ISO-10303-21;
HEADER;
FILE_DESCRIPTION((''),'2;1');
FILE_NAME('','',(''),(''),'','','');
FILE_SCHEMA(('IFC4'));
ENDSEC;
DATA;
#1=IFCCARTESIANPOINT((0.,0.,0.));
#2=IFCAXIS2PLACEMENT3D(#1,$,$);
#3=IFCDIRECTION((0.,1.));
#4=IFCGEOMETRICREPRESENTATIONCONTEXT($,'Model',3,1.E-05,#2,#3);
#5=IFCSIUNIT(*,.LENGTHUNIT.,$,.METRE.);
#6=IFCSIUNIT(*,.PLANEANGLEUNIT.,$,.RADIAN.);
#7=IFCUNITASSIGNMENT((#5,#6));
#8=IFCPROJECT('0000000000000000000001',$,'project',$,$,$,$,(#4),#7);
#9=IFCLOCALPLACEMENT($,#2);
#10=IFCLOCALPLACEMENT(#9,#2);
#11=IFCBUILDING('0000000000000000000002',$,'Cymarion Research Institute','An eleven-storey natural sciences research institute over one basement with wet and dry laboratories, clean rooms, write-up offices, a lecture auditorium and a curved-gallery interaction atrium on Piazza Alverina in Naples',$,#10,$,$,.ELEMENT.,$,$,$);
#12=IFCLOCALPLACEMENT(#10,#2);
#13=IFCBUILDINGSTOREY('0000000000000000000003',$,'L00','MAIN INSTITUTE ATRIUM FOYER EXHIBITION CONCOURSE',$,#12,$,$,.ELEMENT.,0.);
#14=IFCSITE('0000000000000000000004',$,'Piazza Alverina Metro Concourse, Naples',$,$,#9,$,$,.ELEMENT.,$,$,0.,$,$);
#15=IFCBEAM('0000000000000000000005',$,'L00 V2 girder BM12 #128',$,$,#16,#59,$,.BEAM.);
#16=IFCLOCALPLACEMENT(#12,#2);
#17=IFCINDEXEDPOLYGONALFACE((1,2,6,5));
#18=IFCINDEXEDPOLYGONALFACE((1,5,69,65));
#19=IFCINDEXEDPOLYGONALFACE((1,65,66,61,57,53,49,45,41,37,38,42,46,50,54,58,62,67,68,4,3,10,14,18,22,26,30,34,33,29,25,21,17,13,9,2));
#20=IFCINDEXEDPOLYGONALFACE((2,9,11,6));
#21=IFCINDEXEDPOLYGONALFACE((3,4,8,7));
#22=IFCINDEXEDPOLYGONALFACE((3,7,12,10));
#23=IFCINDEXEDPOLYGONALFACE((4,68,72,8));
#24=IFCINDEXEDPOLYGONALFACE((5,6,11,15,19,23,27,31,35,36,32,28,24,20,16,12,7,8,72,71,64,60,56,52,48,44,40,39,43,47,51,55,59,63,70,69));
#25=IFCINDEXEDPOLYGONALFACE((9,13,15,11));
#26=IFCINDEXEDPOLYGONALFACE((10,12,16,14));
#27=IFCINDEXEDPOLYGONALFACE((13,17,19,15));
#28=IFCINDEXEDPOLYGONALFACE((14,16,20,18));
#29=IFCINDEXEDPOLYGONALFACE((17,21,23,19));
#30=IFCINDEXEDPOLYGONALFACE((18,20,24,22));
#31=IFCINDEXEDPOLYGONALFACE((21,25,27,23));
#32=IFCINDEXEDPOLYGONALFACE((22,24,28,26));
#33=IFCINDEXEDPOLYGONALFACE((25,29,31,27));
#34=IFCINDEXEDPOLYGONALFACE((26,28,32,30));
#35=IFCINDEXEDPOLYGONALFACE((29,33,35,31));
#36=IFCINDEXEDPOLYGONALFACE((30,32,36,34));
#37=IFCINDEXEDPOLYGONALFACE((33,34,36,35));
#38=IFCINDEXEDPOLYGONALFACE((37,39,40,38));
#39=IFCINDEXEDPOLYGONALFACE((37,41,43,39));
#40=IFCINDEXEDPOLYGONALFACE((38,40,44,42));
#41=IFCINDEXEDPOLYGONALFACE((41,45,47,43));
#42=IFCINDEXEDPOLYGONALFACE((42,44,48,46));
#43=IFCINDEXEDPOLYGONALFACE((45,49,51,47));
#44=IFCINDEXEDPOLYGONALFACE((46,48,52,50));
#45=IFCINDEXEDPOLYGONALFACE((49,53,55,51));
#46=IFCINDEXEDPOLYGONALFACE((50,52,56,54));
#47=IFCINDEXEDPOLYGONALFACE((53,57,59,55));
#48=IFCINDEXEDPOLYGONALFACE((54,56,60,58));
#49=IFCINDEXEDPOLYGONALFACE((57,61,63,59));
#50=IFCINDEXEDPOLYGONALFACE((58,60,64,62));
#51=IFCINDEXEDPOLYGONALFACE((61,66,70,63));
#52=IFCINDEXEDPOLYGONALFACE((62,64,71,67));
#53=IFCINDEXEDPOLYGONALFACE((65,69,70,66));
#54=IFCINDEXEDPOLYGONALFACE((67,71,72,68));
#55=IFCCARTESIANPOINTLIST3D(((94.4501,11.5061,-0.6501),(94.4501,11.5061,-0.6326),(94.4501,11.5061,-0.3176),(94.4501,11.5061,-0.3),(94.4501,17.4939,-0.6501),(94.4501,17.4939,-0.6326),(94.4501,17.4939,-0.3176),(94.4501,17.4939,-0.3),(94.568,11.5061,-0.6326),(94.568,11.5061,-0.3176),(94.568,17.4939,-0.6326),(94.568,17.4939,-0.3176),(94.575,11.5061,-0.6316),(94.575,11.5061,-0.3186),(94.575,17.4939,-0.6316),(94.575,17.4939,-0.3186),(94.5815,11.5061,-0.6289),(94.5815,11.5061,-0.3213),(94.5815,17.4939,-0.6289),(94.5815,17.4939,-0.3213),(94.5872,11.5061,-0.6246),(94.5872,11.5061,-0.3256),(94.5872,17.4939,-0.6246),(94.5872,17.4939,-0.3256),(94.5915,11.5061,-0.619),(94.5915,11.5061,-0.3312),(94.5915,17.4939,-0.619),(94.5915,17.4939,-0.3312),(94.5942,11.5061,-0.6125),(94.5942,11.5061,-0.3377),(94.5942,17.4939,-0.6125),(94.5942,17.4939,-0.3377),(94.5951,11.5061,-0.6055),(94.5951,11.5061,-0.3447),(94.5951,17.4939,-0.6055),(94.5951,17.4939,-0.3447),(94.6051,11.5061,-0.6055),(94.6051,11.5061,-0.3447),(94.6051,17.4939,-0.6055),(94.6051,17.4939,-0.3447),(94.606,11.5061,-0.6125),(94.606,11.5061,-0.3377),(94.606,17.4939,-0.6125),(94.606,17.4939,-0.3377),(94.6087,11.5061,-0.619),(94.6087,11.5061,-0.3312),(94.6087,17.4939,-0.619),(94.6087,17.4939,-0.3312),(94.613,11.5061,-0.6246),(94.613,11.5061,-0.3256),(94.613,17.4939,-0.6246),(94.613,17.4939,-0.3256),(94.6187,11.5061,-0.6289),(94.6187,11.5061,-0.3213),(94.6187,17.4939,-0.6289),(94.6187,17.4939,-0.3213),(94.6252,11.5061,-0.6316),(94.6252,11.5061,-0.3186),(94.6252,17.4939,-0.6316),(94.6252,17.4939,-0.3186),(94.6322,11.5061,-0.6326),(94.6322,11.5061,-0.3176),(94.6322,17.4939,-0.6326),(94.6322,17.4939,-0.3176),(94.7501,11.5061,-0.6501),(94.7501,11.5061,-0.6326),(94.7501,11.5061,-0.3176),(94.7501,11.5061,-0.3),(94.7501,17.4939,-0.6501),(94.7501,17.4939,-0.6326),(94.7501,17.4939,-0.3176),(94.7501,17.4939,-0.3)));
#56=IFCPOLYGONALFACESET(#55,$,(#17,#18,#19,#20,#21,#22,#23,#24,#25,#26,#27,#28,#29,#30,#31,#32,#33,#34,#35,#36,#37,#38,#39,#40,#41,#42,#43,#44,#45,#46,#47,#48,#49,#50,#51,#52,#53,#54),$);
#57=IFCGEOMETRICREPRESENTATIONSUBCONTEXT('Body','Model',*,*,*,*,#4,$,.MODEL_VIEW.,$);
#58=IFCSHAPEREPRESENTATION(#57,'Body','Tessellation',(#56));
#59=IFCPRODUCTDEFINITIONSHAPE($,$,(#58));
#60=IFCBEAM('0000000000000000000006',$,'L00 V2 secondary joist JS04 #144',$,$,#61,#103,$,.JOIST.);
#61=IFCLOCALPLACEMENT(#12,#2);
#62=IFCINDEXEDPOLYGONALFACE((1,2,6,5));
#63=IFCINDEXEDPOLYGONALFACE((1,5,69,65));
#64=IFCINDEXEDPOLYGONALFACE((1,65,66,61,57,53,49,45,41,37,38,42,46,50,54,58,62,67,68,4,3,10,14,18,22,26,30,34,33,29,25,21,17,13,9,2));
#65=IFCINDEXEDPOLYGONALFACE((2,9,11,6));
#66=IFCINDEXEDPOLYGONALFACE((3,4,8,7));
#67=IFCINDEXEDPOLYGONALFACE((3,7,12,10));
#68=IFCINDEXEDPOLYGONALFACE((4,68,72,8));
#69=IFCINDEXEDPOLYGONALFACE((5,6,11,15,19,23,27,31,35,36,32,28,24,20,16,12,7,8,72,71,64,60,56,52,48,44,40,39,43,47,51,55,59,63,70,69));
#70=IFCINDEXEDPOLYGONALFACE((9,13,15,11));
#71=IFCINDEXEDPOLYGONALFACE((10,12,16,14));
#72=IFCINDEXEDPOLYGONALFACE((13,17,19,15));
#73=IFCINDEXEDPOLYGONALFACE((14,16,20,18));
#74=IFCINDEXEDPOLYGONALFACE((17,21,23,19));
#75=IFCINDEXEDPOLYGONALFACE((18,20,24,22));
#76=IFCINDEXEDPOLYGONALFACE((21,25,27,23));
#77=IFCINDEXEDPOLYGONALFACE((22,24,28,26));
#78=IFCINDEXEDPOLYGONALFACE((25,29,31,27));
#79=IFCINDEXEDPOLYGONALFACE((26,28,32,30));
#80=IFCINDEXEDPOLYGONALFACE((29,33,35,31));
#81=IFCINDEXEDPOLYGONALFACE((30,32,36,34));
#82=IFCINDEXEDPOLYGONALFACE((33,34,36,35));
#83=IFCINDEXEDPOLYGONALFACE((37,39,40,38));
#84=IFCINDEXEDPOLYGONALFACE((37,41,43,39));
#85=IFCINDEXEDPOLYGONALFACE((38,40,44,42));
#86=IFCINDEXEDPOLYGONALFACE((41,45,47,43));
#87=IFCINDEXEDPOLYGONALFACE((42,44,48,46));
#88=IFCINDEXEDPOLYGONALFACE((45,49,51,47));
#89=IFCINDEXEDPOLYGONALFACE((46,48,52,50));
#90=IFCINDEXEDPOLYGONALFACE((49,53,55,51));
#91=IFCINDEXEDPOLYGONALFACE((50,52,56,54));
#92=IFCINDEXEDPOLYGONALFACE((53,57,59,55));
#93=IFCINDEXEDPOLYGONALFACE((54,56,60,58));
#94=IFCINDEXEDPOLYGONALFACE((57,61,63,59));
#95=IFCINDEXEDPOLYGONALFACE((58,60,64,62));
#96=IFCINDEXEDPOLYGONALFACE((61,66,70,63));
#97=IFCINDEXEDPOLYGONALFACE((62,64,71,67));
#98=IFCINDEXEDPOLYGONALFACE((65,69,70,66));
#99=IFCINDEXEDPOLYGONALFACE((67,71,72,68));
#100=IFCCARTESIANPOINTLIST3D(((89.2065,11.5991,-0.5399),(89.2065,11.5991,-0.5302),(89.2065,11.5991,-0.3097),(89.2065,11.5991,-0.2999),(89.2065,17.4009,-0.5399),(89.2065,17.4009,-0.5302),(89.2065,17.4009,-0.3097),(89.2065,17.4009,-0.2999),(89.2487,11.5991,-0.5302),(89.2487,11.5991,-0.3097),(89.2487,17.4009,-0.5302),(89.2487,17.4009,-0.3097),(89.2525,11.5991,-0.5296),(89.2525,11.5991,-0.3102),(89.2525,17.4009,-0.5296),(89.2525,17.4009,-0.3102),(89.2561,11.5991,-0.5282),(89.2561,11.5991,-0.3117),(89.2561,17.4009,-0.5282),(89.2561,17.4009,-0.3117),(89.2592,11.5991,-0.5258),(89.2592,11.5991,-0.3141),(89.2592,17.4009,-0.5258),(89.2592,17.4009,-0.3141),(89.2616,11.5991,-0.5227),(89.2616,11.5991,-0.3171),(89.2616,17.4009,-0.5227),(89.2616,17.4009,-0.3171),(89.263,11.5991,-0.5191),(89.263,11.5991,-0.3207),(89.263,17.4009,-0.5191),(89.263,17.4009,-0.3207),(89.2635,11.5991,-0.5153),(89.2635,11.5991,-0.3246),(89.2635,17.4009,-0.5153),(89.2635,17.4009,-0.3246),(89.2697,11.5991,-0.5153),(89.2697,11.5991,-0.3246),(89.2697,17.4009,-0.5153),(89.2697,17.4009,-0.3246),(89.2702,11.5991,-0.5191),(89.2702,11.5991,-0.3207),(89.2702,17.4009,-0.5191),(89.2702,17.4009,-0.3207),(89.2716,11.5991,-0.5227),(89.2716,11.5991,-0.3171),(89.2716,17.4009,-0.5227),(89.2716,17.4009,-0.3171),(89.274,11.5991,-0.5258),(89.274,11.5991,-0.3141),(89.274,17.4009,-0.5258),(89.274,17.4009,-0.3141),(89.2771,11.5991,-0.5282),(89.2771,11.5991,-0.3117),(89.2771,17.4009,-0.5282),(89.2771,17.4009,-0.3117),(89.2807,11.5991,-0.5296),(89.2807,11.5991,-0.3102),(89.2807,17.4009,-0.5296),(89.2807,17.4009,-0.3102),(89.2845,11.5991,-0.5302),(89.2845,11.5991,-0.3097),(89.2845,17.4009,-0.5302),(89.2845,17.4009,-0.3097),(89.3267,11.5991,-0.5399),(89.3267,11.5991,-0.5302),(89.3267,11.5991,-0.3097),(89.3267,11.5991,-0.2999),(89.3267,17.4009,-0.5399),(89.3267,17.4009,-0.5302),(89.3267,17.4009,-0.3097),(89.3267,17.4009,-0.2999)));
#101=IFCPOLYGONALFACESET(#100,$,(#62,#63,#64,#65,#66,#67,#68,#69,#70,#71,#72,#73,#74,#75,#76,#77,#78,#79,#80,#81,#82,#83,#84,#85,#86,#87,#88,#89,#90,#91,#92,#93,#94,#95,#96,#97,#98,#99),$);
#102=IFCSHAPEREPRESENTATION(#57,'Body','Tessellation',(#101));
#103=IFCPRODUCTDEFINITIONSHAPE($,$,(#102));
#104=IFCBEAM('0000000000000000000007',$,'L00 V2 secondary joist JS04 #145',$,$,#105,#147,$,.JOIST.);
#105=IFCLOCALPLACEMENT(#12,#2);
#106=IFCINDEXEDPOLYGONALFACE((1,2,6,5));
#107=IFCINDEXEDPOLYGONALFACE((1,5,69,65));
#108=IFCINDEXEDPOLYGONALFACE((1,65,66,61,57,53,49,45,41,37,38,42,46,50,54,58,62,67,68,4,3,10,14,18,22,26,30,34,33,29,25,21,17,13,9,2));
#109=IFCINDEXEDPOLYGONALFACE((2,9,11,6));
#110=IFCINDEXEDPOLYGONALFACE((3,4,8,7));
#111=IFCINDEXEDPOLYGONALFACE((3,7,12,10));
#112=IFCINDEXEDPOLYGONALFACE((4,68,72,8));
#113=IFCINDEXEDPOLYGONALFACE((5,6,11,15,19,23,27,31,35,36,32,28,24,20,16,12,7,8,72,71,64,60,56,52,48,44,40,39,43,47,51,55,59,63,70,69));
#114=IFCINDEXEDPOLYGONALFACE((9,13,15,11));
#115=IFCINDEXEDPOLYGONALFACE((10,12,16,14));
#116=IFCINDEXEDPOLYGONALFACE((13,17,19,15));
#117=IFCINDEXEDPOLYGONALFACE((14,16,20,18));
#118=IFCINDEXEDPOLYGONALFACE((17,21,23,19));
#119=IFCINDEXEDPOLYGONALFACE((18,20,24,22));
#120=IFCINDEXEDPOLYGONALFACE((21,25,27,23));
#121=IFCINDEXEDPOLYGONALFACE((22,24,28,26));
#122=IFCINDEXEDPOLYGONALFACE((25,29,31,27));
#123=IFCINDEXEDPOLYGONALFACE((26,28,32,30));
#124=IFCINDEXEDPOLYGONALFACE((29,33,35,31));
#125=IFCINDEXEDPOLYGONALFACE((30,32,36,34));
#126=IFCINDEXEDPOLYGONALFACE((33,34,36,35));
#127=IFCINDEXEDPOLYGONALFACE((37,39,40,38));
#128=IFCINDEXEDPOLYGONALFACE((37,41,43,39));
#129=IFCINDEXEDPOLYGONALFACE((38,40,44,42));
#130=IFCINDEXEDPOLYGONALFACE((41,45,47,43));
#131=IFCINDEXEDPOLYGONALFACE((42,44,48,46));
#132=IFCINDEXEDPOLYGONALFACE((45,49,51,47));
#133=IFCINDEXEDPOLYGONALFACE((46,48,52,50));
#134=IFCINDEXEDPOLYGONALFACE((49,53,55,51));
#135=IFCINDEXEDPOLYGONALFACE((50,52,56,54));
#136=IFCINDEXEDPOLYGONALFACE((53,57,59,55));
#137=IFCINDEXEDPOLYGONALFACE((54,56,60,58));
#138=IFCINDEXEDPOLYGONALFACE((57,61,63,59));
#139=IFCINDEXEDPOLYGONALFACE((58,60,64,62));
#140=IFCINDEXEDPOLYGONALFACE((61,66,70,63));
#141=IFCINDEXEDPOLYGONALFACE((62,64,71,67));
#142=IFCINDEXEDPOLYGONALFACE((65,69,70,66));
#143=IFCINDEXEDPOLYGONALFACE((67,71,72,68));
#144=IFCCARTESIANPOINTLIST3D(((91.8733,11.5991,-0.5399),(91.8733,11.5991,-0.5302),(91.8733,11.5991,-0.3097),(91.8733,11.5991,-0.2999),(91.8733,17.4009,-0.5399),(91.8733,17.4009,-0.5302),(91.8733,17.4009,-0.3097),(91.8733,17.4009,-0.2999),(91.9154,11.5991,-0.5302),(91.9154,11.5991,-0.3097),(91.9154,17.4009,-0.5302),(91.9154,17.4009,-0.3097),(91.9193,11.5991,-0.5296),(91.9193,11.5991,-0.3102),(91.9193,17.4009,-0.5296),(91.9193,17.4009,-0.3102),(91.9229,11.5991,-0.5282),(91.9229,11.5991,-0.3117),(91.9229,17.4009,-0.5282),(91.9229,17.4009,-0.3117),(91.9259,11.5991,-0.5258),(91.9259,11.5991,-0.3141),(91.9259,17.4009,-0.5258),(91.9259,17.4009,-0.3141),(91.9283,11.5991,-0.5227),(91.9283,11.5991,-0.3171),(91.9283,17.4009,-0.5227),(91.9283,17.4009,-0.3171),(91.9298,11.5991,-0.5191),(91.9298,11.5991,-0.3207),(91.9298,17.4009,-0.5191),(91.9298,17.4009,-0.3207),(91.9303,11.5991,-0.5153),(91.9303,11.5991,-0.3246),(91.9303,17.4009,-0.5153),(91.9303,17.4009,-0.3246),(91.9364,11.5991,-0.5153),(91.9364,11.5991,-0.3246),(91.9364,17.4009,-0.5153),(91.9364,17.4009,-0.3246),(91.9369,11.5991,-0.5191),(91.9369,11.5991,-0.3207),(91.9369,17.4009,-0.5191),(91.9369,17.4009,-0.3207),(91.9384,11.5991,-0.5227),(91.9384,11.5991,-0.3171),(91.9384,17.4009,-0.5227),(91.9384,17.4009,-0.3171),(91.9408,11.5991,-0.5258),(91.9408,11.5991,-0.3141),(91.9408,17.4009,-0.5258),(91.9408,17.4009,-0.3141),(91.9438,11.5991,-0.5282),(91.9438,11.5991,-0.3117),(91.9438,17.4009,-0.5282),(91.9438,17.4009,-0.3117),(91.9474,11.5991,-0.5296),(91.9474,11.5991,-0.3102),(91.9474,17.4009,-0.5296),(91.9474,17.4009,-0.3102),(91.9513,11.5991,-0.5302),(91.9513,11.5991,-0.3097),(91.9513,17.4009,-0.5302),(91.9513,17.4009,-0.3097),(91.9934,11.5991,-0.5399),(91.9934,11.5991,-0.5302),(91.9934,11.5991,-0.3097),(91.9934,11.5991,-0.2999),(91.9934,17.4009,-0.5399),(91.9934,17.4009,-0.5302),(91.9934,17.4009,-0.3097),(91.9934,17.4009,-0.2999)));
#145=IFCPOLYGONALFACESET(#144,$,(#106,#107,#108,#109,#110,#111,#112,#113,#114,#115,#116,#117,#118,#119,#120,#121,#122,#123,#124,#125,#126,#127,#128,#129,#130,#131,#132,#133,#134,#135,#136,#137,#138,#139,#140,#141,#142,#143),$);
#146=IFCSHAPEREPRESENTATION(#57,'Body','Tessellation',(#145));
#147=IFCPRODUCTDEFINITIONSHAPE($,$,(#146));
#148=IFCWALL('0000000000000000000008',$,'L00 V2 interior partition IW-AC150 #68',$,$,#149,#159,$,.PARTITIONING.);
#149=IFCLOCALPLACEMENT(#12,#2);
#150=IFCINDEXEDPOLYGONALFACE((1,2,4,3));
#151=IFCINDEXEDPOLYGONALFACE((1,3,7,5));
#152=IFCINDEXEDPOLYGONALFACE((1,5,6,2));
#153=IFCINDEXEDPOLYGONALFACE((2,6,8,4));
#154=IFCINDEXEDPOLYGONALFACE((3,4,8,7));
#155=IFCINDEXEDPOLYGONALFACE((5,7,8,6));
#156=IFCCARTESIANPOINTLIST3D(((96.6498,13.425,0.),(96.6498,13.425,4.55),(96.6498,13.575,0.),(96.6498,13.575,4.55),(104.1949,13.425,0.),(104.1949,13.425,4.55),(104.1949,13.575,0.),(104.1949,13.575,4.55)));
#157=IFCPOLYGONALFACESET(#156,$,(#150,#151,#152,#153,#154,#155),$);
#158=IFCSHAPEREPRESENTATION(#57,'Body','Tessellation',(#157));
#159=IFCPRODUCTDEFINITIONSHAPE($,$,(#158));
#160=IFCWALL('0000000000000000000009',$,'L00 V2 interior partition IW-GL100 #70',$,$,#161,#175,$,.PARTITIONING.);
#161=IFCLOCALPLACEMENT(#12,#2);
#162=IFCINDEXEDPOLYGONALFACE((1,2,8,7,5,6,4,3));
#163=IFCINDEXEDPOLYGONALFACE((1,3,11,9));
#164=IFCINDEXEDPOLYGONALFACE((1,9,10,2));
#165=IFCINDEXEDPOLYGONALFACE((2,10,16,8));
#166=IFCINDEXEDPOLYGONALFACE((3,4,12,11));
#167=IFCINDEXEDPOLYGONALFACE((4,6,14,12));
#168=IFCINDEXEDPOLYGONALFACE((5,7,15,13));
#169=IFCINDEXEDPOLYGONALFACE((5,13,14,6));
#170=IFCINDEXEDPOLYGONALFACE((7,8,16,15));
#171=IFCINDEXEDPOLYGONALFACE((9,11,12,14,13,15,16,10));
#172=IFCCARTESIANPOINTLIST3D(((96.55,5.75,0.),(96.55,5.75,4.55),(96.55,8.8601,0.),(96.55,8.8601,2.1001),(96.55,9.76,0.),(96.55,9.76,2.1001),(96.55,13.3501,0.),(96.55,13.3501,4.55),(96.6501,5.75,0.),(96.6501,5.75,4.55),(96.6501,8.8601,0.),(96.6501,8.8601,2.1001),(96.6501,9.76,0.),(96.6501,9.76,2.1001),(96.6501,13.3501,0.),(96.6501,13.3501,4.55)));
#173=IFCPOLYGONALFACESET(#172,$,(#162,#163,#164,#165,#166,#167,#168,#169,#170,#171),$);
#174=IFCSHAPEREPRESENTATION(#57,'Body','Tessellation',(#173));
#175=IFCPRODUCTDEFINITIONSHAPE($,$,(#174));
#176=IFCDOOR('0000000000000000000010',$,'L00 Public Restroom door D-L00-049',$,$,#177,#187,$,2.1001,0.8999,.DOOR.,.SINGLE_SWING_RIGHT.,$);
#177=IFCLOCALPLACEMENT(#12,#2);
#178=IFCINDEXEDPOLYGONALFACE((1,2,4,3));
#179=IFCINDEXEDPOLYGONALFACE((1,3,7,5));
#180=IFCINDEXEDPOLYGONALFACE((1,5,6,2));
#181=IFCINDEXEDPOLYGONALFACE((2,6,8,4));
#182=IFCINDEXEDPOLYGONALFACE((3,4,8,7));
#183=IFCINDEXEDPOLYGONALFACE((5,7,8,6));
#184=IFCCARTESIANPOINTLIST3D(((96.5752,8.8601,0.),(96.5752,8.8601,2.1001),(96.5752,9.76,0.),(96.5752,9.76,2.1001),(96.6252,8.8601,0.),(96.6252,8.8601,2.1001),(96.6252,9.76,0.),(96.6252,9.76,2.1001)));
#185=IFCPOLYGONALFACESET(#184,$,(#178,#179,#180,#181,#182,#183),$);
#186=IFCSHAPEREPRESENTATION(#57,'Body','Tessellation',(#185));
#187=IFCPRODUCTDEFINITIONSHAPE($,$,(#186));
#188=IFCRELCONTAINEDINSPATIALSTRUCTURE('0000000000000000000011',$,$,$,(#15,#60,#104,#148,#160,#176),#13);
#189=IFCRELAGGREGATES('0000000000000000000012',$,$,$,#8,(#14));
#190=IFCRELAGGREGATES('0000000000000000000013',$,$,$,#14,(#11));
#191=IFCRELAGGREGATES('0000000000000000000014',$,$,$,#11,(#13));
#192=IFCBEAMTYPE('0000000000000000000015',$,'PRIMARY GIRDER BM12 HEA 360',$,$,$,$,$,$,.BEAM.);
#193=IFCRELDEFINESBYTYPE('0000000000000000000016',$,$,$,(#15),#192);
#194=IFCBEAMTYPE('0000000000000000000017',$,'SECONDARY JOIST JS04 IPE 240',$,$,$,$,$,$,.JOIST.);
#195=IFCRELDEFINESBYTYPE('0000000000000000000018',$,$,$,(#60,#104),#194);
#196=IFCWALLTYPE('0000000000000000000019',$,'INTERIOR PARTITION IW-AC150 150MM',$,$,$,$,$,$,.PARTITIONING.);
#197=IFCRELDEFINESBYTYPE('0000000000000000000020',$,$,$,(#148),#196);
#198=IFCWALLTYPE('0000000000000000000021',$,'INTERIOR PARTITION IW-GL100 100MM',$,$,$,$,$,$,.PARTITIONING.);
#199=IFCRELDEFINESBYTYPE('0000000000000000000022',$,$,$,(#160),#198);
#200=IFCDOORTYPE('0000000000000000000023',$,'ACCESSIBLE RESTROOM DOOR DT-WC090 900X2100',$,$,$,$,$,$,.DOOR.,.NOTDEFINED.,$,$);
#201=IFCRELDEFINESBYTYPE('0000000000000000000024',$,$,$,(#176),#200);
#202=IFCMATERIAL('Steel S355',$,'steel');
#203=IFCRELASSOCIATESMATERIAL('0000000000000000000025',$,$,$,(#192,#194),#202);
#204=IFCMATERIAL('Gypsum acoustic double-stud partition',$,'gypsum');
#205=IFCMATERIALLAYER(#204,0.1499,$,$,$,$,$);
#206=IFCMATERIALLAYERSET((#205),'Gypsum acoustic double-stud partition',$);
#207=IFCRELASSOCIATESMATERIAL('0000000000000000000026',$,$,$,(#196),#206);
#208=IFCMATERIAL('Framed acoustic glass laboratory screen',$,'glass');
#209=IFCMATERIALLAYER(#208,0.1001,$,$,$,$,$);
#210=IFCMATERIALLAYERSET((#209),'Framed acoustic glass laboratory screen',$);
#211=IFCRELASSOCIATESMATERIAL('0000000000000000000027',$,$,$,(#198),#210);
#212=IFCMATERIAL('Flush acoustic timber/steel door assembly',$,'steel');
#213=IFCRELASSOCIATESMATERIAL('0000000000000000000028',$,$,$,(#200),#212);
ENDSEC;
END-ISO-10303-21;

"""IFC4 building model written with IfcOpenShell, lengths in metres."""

from ifc_helpers import new_model, si_unit, direction, frame, frame_2d, origin, origin_2d, place, context, subcontext, project, spatial, rectangle, i_section, extrude, material, layer, layer_set, material_profile, profile_set, type_object, element, fill, save


model = new_model("IFC4")

# Units and contexts
model_context = context("Model", 3, precision=1e-05, world=origin(), true_north=direction((0.0, 1.0)))
body_context = subcontext(model_context, "Body", "Model", "MODEL_VIEW")
ifc_project = project(units=[si_unit("LENGTHUNIT", "METRE"), si_unit("PLANEANGLEUNIT", "RADIAN")], contexts=[model_context])

# Site, building, storey
site_placement = place(None, origin())
site = spatial("IfcSite", under=ifc_project, at=site_placement, Name="Piazza Alverina Metro Concourse, Naples", CompositionType="ELEMENT", RefElevation=0.0)
building_placement = place(site_placement, origin())
building = spatial("IfcBuilding", under=site, at=building_placement, Name="Cymarion Research Institute", Description="An eleven-storey natural sciences research institute over one basement with wet and dry laboratories, clean rooms, write-up offices, a lecture auditorium and a curved-gallery interaction atrium on Piazza Alverina in Naples", CompositionType="ELEMENT")
storey_placement = place(building_placement, origin())
storey = spatial("IfcBuildingStorey", under=building, at=storey_placement, Name="L00", Description="MAIN INSTITUTE ATRIUM FOYER EXHIBITION CONCOURSE", CompositionType="ELEMENT", Elevation=0.0)

# Shared definitions
ifc_material_1 = material(Name="Steel S355", Category="steel")

# Beams
ifc_material_profile_1 = material_profile(ifc_material_1, i_section(OverallWidth=0.3, OverallDepth=0.3501, WebThickness=0.01, FlangeThickness=0.0176, FilletRadius=0.0271, at=origin_2d()), Name="HEA 360")
ifc_profile_set_1 = profile_set([ifc_material_profile_1], Name="Steel S355")
beam_type_1 = type_object("IfcBeamType", Name="PRIMARY GIRDER BM12 HEA 360", PredefinedType="BEAM", material=ifc_profile_set_1)
for number, where, z_axis, x_axis, name in (
    (1, (94.6001, 11.5061, -0.4751), (0.0, 1.0, 0.0), (-1.0, 0.0, 0.0), "L00 V2 girder BM12 #128"),
):
    element("IfcBeam", number, at=place(storey_placement, frame(where, z_axis=z_axis, x_axis=x_axis)), inside=storey, type_object=beam_type_1, Name=name, PredefinedType="BEAM", context=body_context, shape_type="SweptSolid", body=[
        extrude(i_section(OverallWidth=0.3, OverallDepth=0.3501, WebThickness=0.01, FlangeThickness=0.0176, FilletRadius=0.0271, at=origin_2d()), origin(), (0.0, 0.0, 1.0), 5.9878),
    ])
ifc_material_profile_2 = material_profile(ifc_material_1, i_section(OverallWidth=0.1201, OverallDepth=0.24, WebThickness=0.0061, FlangeThickness=0.0098, FilletRadius=0.0149, at=origin_2d()), Name="IPE 240")
ifc_profile_set_2 = profile_set([ifc_material_profile_2], Name="Steel S355")
beam_type_2 = type_object("IfcBeamType", Name="SECONDARY JOIST JS04 IPE 240", PredefinedType="JOIST", material=ifc_profile_set_2)
for number, where, z_axis, x_axis, name in (
    (2, (89.2666, 11.5991, -0.4199), (0.0, 1.0, 0.0), (-1.0, 0.0, 0.0), "L00 V2 secondary joist JS04 #144"),
    (3, (91.9333, 11.5991, -0.4199), (0.0, 1.0, 0.0), (-1.0, 0.0, 0.0), "L00 V2 secondary joist JS04 #145"),
):
    element("IfcBeam", number, at=place(storey_placement, frame(where, z_axis=z_axis, x_axis=x_axis)), inside=storey, type_object=beam_type_2, Name=name, PredefinedType="JOIST", context=body_context, shape_type="SweptSolid", body=[
        extrude(i_section(OverallWidth=0.1201, OverallDepth=0.24, WebThickness=0.0061, FlangeThickness=0.0098, FilletRadius=0.0149, at=origin_2d()), origin(), (0.0, 0.0, 1.0), 5.8018),
    ])

# Wall
ifc_material_2 = material(Name="Gypsum acoustic double-stud partition", Category="gypsum")
ifc_layer_1 = layer(ifc_material_2, 0.1499)
ifc_layer_set_1 = layer_set([ifc_layer_1], Name="Gypsum acoustic double-stud partition")
wall_type_1 = type_object("IfcWallType", Name="INTERIOR PARTITION IW-AC150 150MM", PredefinedType="PARTITIONING", material=ifc_layer_set_1)
wall_1_placement = place(storey_placement, frame((96.6499, 13.5, 0.0), z_axis=(0.0, 0.0, 1.0), x_axis=(1.0, 0.0, 0.0)))
element("IfcWall", 4, at=wall_1_placement, inside=storey, type_object=wall_type_1, Name="L00 V2 interior partition IW-AC150 #68", PredefinedType="PARTITIONING", context=body_context, shape_type="SweptSolid", body=[
    extrude(rectangle(XDim=7.5452, YDim=0.1499, at=frame_2d((3.7725, 0.0))), origin(), (0.0, 0.0, 1.0), 4.55),
])

# Wall, opening, door
ifc_material_3 = material(Name="Framed acoustic glass laboratory screen", Category="glass")
ifc_layer_2 = layer(ifc_material_3, 0.1001)
ifc_layer_set_2 = layer_set([ifc_layer_2], Name="Framed acoustic glass laboratory screen")
wall_type_2 = type_object("IfcWallType", Name="INTERIOR PARTITION IW-GL100 100MM", PredefinedType="PARTITIONING", material=ifc_layer_set_2)
wall_2_placement = place(storey_placement, frame((96.6001, 5.75, 0.0), z_axis=(0.0, 0.0, 1.0), x_axis=(0.0, 1.0, 0.0)))
wall_2 = element("IfcWall", 5, at=wall_2_placement, inside=storey, type_object=wall_type_2, Name="L00 V2 interior partition IW-GL100 #70", PredefinedType="PARTITIONING", context=body_context, shape_type="SweptSolid", body=[
    extrude(rectangle(XDim=7.6001, YDim=0.1001, at=frame_2d((3.8, 0.0))), origin(), (0.0, 0.0, 1.0), 4.55),
])
opening_1_placement = place(wall_2_placement, frame((3.1101, 0.0, 0.0)))
opening_1 = element("IfcOpeningElement", 6, at=opening_1_placement, cuts=wall_2, PredefinedType="OPENING", context=body_context, shape_type="SweptSolid", body=[
    extrude(rectangle(XDim=0.8999, YDim=2.1001, at=frame_2d((0.45, 1.05))), frame((0.0, 0.0601, 0.0), z_axis=(0.0, -1.0, 0.0), x_axis=(1.0, 0.0, 0.0)), (0.0, 0.0, 1.0), 0.1201),
])
ifc_material_4 = material(Name="Flush acoustic timber/steel door assembly", Category="steel")
door_type_1 = type_object("IfcDoorType", Name="ACCESSIBLE RESTROOM DOOR DT-WC090 900X2100", OperationType="NOTDEFINED", PredefinedType="DOOR", material=ifc_material_4)
door_1_placement = place(opening_1_placement, origin())
door_1 = element("IfcDoor", 7, at=door_1_placement, inside=storey, type_object=door_type_1, Name="L00 Public Restroom door D-L00-049", OperationType="SINGLE_SWING_RIGHT", OverallHeight=2.1001, OverallWidth=0.8999, PredefinedType="DOOR", context=body_context, shape_type="SweptSolid", body=[
    extrude(rectangle(XDim=0.8999, YDim=2.1001, at=frame_2d((0.45, 1.05))), frame((0.0, 0.0249, 0.0), z_axis=(0.0, -1.0, 0.0), x_axis=(1.0, 0.0, 0.0)), (0.0, 0.0, 1.0), 0.05),
])
fill(opening_1, door_1)

save(model, "model.ifc")
